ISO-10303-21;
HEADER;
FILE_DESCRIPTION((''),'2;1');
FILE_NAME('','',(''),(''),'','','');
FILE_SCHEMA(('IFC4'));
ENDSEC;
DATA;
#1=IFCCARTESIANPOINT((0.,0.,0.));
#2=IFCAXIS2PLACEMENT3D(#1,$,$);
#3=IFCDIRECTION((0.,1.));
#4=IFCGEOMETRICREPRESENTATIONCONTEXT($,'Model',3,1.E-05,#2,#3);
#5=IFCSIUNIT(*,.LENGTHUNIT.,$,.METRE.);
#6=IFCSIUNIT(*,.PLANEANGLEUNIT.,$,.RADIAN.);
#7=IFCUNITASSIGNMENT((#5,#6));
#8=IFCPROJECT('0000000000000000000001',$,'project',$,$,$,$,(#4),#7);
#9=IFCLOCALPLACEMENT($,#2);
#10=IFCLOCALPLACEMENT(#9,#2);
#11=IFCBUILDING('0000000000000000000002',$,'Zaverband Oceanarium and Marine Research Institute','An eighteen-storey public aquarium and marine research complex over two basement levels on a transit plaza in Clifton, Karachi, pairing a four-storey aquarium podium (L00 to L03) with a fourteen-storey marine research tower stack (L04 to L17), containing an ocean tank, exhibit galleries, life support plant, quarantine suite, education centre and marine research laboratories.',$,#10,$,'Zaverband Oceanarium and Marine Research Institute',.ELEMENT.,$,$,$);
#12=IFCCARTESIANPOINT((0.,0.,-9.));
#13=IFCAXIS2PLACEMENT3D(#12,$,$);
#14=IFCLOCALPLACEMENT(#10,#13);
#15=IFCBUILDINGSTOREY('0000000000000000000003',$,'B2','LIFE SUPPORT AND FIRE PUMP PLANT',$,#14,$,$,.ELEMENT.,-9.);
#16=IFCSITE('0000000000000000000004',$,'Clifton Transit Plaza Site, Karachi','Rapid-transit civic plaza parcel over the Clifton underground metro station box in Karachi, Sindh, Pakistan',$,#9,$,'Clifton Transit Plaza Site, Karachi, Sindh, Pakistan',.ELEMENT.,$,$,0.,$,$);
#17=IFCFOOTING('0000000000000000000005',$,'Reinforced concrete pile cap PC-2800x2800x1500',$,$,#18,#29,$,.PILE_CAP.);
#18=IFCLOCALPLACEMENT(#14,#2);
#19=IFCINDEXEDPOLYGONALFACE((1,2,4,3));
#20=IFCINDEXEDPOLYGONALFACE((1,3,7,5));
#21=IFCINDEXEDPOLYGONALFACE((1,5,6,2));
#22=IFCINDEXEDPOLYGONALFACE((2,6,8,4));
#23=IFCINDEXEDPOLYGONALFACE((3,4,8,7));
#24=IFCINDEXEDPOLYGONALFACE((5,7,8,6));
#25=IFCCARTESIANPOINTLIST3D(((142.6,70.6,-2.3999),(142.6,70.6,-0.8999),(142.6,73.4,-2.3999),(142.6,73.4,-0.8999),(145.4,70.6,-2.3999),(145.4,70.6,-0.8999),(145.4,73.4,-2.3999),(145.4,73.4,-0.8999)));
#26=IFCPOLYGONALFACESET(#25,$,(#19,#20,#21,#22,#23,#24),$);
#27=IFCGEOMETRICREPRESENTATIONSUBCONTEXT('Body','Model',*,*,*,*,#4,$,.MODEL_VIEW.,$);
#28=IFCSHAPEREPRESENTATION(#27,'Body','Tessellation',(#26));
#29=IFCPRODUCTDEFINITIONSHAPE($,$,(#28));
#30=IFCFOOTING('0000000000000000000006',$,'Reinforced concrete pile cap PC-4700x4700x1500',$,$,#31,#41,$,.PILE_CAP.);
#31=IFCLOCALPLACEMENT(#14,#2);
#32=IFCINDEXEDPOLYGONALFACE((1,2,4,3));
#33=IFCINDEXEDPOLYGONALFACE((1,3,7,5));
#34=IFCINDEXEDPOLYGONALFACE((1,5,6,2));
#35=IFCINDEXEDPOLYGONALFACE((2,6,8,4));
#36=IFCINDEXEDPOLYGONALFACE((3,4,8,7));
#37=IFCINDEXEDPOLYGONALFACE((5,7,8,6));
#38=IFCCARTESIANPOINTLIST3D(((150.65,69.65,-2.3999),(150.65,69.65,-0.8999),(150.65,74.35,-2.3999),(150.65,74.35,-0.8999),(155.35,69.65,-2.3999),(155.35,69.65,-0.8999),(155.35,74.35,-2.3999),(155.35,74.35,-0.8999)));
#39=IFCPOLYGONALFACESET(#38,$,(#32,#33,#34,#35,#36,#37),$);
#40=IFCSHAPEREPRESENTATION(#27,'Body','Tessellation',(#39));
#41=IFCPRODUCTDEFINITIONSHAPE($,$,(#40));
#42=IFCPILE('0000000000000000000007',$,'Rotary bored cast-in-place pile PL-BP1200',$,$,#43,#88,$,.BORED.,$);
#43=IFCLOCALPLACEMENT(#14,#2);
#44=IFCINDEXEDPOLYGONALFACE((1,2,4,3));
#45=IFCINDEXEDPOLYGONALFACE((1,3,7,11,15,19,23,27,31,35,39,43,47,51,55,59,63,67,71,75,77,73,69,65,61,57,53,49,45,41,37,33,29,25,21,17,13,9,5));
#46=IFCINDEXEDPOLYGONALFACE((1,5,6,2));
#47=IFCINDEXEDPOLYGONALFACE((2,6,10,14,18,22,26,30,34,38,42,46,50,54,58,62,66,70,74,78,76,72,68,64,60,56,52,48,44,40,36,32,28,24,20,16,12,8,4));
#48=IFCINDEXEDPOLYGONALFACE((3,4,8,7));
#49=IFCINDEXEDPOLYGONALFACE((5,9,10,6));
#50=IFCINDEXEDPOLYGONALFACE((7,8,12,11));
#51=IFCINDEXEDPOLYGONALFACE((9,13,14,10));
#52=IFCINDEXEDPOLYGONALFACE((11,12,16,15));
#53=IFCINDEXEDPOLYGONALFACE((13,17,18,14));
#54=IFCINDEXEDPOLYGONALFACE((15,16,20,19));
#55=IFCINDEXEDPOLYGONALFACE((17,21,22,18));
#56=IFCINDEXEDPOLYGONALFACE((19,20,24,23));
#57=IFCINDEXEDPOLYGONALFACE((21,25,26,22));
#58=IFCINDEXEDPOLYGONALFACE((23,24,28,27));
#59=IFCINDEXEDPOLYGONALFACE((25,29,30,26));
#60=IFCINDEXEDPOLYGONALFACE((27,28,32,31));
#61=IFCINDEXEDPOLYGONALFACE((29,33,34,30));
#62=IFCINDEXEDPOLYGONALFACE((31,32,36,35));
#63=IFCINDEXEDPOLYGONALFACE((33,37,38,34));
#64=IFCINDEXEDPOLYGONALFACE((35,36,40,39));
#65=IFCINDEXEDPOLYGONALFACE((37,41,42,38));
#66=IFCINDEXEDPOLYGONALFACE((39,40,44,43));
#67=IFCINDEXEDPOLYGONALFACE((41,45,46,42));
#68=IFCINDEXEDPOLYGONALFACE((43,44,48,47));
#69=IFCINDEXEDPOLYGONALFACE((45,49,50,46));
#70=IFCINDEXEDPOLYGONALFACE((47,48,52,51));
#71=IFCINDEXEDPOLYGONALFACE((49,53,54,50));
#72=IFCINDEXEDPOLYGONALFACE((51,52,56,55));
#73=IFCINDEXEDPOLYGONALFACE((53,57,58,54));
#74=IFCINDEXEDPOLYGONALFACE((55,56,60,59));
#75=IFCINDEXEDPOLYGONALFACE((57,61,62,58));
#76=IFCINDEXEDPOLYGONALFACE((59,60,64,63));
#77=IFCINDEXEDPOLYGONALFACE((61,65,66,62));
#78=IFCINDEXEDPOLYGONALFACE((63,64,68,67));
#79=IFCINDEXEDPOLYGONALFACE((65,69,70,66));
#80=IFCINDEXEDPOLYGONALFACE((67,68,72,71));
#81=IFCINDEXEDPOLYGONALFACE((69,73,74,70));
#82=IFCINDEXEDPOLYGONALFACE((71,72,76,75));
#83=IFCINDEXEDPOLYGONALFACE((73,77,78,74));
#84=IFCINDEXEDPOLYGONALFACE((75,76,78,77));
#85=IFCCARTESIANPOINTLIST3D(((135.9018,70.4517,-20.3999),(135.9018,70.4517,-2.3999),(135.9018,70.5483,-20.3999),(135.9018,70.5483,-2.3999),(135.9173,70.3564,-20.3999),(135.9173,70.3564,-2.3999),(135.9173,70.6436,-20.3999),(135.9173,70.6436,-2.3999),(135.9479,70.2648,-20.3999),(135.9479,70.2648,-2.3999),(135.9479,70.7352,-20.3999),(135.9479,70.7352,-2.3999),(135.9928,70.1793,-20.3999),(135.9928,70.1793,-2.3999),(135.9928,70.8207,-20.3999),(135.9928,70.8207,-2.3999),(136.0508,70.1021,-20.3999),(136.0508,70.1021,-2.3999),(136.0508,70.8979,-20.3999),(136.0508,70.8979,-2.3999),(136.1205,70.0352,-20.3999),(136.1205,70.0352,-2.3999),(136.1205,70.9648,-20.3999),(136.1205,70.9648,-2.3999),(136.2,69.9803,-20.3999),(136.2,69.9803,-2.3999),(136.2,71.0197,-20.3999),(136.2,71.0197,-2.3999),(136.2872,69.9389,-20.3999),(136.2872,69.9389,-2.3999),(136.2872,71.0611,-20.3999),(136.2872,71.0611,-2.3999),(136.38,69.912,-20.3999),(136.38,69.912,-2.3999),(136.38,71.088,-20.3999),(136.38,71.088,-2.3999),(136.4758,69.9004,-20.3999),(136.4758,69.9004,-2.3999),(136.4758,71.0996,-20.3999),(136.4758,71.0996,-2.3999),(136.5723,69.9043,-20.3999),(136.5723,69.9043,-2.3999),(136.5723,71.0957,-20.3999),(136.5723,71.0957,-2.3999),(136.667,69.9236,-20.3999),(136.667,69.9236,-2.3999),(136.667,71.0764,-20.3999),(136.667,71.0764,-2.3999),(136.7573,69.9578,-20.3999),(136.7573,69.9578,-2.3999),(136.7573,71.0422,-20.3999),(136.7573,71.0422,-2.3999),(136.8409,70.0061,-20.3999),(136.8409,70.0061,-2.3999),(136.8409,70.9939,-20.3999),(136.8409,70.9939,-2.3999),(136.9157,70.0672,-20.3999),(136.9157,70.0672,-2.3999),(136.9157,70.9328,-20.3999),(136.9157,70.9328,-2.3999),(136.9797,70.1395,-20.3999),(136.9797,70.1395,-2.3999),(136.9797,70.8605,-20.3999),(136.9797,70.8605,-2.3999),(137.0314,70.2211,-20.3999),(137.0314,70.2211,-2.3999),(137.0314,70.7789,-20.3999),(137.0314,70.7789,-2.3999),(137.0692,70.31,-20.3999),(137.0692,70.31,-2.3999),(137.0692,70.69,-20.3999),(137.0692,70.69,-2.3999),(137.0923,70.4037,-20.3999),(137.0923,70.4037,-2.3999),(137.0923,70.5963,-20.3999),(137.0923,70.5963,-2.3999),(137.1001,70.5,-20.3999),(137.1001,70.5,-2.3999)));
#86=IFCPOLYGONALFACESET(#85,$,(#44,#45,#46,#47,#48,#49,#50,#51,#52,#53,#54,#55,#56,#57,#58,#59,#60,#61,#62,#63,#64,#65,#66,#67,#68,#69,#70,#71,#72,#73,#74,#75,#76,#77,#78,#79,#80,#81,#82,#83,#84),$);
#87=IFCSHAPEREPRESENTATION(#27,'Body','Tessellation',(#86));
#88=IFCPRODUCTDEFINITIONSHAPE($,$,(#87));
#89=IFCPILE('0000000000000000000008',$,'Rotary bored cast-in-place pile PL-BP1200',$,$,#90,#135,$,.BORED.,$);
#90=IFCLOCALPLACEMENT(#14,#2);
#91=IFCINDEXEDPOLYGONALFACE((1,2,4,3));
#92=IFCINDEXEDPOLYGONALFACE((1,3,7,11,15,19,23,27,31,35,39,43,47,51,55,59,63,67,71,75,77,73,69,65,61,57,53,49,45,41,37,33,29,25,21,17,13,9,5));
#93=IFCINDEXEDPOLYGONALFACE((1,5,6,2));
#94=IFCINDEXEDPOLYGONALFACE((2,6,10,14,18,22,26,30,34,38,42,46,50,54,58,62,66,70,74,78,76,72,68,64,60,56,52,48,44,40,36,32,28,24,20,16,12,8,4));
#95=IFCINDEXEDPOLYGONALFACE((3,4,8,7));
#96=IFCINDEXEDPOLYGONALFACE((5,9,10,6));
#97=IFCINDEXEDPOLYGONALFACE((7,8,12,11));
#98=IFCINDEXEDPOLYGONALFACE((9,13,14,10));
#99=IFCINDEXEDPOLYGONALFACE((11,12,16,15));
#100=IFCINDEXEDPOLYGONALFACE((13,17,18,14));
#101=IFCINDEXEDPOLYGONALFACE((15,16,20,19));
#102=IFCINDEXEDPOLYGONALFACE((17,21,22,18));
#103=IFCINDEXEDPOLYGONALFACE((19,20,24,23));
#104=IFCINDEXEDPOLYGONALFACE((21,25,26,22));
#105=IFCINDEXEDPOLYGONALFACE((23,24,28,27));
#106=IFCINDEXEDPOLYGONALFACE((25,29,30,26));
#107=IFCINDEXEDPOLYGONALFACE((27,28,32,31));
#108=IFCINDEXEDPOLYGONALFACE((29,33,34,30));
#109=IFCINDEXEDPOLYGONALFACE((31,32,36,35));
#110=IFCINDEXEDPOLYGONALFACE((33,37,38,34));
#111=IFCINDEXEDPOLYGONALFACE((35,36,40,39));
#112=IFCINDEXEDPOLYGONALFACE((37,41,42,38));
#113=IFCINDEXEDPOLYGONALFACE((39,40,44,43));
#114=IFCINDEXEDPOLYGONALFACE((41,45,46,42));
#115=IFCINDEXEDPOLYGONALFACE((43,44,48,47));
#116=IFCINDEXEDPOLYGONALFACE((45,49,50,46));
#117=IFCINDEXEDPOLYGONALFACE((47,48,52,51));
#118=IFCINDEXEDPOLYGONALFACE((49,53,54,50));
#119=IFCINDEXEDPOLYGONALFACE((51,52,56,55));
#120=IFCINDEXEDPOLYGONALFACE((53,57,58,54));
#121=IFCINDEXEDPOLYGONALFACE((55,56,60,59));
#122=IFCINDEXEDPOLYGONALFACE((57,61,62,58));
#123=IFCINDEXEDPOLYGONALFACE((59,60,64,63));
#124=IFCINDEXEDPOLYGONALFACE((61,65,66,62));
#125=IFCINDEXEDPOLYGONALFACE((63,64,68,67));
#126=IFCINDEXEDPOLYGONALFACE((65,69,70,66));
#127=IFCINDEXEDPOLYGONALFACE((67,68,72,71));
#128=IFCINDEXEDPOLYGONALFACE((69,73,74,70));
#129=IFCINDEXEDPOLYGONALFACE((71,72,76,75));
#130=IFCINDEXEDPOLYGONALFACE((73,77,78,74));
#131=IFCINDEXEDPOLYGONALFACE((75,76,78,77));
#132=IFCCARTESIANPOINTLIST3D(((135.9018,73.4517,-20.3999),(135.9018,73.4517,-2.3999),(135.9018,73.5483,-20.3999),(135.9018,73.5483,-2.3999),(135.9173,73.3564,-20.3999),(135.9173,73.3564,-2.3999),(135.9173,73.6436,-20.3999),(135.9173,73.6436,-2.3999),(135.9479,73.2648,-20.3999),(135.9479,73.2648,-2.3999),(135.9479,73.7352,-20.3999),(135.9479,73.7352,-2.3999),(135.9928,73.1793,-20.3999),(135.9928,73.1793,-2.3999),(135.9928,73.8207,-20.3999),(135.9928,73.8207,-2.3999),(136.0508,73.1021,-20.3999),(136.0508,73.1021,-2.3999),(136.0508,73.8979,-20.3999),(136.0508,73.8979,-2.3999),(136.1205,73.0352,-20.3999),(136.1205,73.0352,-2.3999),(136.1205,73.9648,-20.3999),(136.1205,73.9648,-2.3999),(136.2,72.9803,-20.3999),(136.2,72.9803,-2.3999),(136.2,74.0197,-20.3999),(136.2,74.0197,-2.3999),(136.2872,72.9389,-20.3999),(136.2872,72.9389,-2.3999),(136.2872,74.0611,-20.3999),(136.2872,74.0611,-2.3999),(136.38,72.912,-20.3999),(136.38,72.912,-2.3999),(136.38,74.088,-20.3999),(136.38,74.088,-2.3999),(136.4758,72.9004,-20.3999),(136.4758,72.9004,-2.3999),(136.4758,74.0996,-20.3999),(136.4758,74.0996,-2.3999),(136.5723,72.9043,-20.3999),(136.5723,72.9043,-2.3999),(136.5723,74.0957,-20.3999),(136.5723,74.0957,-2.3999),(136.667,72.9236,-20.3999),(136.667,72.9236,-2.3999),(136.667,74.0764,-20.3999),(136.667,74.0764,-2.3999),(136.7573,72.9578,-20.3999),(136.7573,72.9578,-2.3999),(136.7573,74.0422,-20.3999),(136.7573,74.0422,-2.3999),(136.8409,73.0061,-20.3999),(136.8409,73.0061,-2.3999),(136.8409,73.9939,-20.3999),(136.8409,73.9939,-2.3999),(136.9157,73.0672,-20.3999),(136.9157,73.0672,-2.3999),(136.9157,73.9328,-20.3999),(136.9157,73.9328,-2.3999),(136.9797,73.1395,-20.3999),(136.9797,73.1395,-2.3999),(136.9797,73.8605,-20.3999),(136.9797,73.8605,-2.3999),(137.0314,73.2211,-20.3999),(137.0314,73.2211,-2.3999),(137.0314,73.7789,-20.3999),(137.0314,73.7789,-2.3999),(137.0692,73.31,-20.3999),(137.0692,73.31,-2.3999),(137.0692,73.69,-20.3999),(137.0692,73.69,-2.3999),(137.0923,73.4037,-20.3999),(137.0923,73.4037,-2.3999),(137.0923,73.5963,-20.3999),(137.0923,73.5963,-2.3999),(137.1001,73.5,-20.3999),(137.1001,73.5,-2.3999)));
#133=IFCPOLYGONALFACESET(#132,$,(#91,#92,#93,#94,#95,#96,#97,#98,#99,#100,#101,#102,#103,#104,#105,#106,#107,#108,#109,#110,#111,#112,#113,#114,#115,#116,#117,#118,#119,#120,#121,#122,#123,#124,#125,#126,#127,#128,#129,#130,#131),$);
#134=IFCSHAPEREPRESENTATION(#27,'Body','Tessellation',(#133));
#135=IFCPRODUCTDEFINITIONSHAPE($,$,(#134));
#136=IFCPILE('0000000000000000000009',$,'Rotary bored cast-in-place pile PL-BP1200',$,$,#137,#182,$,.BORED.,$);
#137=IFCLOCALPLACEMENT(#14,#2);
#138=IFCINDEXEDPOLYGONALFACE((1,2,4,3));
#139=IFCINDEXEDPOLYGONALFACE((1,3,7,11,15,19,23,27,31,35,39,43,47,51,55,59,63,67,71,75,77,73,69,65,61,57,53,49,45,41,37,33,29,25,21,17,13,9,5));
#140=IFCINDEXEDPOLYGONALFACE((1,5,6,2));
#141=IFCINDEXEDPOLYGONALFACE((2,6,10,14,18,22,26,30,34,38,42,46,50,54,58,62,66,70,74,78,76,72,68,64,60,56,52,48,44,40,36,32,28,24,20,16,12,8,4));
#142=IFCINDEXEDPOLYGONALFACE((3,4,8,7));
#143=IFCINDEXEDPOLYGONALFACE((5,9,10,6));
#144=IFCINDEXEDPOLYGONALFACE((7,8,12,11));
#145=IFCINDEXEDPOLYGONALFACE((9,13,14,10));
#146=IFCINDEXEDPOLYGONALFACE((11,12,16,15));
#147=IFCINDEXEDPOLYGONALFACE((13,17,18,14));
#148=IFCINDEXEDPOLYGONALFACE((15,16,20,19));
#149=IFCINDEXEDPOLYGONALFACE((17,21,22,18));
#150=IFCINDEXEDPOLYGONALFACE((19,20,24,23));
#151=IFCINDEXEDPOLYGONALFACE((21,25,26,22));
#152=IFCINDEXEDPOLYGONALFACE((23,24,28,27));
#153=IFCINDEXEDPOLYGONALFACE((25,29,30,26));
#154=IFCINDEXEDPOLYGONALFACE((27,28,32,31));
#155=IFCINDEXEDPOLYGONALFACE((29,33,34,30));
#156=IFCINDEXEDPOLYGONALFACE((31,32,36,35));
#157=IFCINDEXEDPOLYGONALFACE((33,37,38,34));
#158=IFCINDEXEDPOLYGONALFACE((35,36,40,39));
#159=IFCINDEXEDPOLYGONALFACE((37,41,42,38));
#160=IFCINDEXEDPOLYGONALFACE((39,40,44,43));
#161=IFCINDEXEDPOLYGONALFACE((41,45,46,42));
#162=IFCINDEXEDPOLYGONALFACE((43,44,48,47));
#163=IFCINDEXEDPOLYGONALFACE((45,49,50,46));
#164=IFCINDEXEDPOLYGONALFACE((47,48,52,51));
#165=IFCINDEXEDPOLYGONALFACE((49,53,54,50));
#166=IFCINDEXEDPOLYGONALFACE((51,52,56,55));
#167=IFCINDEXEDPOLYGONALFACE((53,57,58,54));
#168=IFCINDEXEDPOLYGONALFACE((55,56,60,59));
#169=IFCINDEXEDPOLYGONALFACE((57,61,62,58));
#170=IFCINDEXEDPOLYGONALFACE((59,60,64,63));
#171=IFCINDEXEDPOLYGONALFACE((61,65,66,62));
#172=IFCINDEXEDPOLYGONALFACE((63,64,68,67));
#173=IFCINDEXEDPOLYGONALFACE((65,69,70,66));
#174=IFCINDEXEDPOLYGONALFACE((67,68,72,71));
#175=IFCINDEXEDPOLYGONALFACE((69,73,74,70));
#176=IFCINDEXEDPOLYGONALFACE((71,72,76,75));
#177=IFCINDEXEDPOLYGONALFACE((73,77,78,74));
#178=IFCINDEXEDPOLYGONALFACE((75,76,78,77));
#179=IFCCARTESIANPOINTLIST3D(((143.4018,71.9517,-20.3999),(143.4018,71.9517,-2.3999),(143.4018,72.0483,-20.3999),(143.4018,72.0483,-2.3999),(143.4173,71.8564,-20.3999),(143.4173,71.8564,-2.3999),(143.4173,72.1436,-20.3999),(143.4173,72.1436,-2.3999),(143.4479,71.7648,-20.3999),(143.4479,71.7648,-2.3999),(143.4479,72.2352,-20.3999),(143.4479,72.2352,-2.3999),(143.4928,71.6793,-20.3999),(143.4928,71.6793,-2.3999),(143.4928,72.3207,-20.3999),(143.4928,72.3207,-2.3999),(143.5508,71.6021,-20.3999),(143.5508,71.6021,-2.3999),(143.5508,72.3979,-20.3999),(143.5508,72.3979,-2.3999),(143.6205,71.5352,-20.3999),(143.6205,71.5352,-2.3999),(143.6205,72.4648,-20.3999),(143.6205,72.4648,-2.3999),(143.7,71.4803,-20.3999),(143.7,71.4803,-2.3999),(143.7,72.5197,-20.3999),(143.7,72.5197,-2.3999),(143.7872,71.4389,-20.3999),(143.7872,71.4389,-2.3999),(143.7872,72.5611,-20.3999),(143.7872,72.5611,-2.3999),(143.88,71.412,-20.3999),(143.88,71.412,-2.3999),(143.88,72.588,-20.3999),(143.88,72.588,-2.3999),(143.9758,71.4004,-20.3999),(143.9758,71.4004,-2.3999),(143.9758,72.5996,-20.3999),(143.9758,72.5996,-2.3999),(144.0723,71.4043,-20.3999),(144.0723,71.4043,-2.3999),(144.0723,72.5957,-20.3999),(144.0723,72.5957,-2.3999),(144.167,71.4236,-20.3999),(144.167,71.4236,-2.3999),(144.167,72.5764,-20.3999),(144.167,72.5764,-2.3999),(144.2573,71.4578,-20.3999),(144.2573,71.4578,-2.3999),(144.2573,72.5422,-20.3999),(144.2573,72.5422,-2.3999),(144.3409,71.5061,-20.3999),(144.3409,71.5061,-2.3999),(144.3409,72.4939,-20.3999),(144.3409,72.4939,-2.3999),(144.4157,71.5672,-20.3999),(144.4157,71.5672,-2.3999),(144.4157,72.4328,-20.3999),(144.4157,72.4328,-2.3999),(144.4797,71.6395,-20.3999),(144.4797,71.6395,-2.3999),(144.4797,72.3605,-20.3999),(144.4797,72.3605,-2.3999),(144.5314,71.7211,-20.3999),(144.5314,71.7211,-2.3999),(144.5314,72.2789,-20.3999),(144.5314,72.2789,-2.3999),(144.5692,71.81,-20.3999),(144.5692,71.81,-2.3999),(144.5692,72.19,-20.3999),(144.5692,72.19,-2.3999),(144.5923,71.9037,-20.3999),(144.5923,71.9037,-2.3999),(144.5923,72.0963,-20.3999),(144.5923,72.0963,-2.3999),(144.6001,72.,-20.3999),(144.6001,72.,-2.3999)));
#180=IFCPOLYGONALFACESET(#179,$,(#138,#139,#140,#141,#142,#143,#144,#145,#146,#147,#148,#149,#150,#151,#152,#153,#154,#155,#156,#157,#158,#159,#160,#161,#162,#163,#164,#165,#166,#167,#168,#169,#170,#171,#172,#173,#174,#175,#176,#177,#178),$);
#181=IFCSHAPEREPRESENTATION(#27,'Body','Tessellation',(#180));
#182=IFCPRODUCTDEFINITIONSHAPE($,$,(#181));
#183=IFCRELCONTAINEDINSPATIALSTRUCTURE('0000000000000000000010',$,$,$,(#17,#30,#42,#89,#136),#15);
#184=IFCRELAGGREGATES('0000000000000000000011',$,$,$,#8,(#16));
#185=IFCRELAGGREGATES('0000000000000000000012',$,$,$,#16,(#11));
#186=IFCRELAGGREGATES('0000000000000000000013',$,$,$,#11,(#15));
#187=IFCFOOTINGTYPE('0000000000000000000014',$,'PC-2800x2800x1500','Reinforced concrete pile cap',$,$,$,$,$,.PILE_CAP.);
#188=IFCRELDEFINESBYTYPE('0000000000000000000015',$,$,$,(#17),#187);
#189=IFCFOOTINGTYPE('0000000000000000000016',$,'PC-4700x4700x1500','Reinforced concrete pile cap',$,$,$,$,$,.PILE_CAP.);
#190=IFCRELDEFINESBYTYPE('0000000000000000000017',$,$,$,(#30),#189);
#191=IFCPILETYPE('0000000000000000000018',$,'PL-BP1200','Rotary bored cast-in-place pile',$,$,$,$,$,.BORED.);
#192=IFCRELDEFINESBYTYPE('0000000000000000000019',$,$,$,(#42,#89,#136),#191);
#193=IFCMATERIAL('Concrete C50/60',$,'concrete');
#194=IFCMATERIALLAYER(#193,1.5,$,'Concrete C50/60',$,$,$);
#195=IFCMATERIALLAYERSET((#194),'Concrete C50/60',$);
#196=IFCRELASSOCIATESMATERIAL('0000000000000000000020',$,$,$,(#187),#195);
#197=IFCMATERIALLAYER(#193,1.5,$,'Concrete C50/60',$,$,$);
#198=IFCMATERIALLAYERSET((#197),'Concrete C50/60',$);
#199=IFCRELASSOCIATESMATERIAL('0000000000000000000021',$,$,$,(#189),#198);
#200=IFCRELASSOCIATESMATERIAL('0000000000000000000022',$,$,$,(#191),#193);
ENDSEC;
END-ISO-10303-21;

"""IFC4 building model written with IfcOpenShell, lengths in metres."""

from ifc_helpers import new_model, si_unit, direction, frame, origin, origin_2d, place, context, subcontext, project, spatial, rectangle, circle, extrude, material, layer, layer_set, material_profile, profile_set, type_object, element, save


model = new_model("IFC4")

# Units and contexts
model_context = context("Model", 3, precision=1e-05, world=origin(), true_north=direction((0.0, 1.0)))
body_context = subcontext(model_context, "Body", "Model", "MODEL_VIEW")
ifc_project = project(units=[si_unit("LENGTHUNIT", "METRE"), si_unit("PLANEANGLEUNIT", "RADIAN")], contexts=[model_context])

# Site, building, storey
site_placement = place(None, origin())
site = spatial("IfcSite", under=ifc_project, at=site_placement, Name="Clifton Transit Plaza Site, Karachi", Description="Rapid-transit civic plaza parcel over the Clifton underground metro station box in Karachi, Sindh, Pakistan", LongName="Clifton Transit Plaza Site, Karachi, Sindh, Pakistan", CompositionType="ELEMENT", RefElevation=0.0)
building_placement = place(site_placement, origin())
building = spatial("IfcBuilding", under=site, at=building_placement, Name="Zaverband Oceanarium and Marine Research Institute", Description="An eighteen-storey public aquarium and marine research complex over two basement levels on a transit plaza in Clifton, Karachi, pairing a four-storey aquarium podium (L00 to L03) with a fourteen-storey marine research tower stack (L04 to L17), containing an ocean tank, exhibit galleries, life support plant, quarantine suite, education centre and marine research laboratories.", LongName="Zaverband Oceanarium and Marine Research Institute", CompositionType="ELEMENT")
storey_placement = place(building_placement, frame((0.0, 0.0, -9.0)))
storey = spatial("IfcBuildingStorey", under=building, at=storey_placement, Name="B2", Description="LIFE SUPPORT AND FIRE PUMP PLANT", CompositionType="ELEMENT", Elevation=-9.0)

# Footings
ifc_material_1 = material(Name="Concrete C50/60", Category="concrete")
ifc_layer_1 = layer(ifc_material_1, 1.5, Name="Concrete C50/60")
ifc_layer_set_1 = layer_set([ifc_layer_1], Name="Concrete C50/60")
footing_type_1 = type_object("IfcFootingType", Name="PC-2800x2800x1500", Description="Reinforced concrete pile cap", PredefinedType="PILE_CAP", material=ifc_layer_set_1)
footing_1_placement = place(storey_placement, frame((144.0, 72.0, -2.3999), z_axis=(0.0, 0.0, 1.0), x_axis=(1.0, 0.0, 0.0)))
element("IfcFooting", 1, at=footing_1_placement, inside=storey, type_object=footing_type_1, Name="Reinforced concrete pile cap PC-2800x2800x1500", PredefinedType="PILE_CAP", context=body_context, shape_type="SweptSolid", body=[
    extrude(rectangle(XDim=2.8, YDim=2.8, at=origin_2d()), origin(), (0.0, 0.0, 1.0), 1.5),
])
ifc_layer_2 = layer(ifc_material_1, 1.5, Name="Concrete C50/60")
ifc_layer_set_2 = layer_set([ifc_layer_2], Name="Concrete C50/60")
footing_type_2 = type_object("IfcFootingType", Name="PC-4700x4700x1500", Description="Reinforced concrete pile cap", PredefinedType="PILE_CAP", material=ifc_layer_set_2)
footing_2_placement = place(storey_placement, frame((153.0, 72.0, -2.3999), z_axis=(0.0, 0.0, 1.0), x_axis=(1.0, 0.0, 0.0)))
element("IfcFooting", 2, at=footing_2_placement, inside=storey, type_object=footing_type_2, Name="Reinforced concrete pile cap PC-4700x4700x1500", PredefinedType="PILE_CAP", context=body_context, shape_type="SweptSolid", body=[
    extrude(rectangle(XDim=4.7, YDim=4.7, at=origin_2d()), origin(), (0.0, 0.0, 1.0), 1.5),
])

# Piles
ifc_material_profile_1 = material_profile(ifc_material_1, circle(Radius=0.6001, at=origin_2d()), Name="BP1200")
ifc_profile_set_1 = profile_set([ifc_material_profile_1], Name="Concrete C50/60")
pile_type = type_object("IfcPileType", Name="PL-BP1200", Description="Rotary bored cast-in-place pile", PredefinedType="BORED", material=ifc_profile_set_1)
for number, where, z_axis, x_axis, name in (
    (3, (136.5, 70.5, -2.3999), (0.0, 0.0, -1.0), (1.0, 0.0, 0.0), "Rotary bored cast-in-place pile PL-BP1200"),
    (4, (136.5, 73.5, -2.3999), (0.0, 0.0, -1.0), (1.0, 0.0, 0.0), "Rotary bored cast-in-place pile PL-BP1200"),
    (5, (144.0, 72.0, -2.3999), (0.0, 0.0, -1.0), (1.0, 0.0, 0.0), "Rotary bored cast-in-place pile PL-BP1200"),
):
    element("IfcPile", number, at=place(storey_placement, frame(where, z_axis=z_axis, x_axis=x_axis)), inside=storey, type_object=pile_type, Name=name, PredefinedType="BORED", context=body_context, shape_type="SweptSolid", body=[
        extrude(circle(Radius=0.6001, at=origin_2d()), origin(), (0.0, 0.0, 1.0), 18.0),
    ])

save(model, "model.ifc")
